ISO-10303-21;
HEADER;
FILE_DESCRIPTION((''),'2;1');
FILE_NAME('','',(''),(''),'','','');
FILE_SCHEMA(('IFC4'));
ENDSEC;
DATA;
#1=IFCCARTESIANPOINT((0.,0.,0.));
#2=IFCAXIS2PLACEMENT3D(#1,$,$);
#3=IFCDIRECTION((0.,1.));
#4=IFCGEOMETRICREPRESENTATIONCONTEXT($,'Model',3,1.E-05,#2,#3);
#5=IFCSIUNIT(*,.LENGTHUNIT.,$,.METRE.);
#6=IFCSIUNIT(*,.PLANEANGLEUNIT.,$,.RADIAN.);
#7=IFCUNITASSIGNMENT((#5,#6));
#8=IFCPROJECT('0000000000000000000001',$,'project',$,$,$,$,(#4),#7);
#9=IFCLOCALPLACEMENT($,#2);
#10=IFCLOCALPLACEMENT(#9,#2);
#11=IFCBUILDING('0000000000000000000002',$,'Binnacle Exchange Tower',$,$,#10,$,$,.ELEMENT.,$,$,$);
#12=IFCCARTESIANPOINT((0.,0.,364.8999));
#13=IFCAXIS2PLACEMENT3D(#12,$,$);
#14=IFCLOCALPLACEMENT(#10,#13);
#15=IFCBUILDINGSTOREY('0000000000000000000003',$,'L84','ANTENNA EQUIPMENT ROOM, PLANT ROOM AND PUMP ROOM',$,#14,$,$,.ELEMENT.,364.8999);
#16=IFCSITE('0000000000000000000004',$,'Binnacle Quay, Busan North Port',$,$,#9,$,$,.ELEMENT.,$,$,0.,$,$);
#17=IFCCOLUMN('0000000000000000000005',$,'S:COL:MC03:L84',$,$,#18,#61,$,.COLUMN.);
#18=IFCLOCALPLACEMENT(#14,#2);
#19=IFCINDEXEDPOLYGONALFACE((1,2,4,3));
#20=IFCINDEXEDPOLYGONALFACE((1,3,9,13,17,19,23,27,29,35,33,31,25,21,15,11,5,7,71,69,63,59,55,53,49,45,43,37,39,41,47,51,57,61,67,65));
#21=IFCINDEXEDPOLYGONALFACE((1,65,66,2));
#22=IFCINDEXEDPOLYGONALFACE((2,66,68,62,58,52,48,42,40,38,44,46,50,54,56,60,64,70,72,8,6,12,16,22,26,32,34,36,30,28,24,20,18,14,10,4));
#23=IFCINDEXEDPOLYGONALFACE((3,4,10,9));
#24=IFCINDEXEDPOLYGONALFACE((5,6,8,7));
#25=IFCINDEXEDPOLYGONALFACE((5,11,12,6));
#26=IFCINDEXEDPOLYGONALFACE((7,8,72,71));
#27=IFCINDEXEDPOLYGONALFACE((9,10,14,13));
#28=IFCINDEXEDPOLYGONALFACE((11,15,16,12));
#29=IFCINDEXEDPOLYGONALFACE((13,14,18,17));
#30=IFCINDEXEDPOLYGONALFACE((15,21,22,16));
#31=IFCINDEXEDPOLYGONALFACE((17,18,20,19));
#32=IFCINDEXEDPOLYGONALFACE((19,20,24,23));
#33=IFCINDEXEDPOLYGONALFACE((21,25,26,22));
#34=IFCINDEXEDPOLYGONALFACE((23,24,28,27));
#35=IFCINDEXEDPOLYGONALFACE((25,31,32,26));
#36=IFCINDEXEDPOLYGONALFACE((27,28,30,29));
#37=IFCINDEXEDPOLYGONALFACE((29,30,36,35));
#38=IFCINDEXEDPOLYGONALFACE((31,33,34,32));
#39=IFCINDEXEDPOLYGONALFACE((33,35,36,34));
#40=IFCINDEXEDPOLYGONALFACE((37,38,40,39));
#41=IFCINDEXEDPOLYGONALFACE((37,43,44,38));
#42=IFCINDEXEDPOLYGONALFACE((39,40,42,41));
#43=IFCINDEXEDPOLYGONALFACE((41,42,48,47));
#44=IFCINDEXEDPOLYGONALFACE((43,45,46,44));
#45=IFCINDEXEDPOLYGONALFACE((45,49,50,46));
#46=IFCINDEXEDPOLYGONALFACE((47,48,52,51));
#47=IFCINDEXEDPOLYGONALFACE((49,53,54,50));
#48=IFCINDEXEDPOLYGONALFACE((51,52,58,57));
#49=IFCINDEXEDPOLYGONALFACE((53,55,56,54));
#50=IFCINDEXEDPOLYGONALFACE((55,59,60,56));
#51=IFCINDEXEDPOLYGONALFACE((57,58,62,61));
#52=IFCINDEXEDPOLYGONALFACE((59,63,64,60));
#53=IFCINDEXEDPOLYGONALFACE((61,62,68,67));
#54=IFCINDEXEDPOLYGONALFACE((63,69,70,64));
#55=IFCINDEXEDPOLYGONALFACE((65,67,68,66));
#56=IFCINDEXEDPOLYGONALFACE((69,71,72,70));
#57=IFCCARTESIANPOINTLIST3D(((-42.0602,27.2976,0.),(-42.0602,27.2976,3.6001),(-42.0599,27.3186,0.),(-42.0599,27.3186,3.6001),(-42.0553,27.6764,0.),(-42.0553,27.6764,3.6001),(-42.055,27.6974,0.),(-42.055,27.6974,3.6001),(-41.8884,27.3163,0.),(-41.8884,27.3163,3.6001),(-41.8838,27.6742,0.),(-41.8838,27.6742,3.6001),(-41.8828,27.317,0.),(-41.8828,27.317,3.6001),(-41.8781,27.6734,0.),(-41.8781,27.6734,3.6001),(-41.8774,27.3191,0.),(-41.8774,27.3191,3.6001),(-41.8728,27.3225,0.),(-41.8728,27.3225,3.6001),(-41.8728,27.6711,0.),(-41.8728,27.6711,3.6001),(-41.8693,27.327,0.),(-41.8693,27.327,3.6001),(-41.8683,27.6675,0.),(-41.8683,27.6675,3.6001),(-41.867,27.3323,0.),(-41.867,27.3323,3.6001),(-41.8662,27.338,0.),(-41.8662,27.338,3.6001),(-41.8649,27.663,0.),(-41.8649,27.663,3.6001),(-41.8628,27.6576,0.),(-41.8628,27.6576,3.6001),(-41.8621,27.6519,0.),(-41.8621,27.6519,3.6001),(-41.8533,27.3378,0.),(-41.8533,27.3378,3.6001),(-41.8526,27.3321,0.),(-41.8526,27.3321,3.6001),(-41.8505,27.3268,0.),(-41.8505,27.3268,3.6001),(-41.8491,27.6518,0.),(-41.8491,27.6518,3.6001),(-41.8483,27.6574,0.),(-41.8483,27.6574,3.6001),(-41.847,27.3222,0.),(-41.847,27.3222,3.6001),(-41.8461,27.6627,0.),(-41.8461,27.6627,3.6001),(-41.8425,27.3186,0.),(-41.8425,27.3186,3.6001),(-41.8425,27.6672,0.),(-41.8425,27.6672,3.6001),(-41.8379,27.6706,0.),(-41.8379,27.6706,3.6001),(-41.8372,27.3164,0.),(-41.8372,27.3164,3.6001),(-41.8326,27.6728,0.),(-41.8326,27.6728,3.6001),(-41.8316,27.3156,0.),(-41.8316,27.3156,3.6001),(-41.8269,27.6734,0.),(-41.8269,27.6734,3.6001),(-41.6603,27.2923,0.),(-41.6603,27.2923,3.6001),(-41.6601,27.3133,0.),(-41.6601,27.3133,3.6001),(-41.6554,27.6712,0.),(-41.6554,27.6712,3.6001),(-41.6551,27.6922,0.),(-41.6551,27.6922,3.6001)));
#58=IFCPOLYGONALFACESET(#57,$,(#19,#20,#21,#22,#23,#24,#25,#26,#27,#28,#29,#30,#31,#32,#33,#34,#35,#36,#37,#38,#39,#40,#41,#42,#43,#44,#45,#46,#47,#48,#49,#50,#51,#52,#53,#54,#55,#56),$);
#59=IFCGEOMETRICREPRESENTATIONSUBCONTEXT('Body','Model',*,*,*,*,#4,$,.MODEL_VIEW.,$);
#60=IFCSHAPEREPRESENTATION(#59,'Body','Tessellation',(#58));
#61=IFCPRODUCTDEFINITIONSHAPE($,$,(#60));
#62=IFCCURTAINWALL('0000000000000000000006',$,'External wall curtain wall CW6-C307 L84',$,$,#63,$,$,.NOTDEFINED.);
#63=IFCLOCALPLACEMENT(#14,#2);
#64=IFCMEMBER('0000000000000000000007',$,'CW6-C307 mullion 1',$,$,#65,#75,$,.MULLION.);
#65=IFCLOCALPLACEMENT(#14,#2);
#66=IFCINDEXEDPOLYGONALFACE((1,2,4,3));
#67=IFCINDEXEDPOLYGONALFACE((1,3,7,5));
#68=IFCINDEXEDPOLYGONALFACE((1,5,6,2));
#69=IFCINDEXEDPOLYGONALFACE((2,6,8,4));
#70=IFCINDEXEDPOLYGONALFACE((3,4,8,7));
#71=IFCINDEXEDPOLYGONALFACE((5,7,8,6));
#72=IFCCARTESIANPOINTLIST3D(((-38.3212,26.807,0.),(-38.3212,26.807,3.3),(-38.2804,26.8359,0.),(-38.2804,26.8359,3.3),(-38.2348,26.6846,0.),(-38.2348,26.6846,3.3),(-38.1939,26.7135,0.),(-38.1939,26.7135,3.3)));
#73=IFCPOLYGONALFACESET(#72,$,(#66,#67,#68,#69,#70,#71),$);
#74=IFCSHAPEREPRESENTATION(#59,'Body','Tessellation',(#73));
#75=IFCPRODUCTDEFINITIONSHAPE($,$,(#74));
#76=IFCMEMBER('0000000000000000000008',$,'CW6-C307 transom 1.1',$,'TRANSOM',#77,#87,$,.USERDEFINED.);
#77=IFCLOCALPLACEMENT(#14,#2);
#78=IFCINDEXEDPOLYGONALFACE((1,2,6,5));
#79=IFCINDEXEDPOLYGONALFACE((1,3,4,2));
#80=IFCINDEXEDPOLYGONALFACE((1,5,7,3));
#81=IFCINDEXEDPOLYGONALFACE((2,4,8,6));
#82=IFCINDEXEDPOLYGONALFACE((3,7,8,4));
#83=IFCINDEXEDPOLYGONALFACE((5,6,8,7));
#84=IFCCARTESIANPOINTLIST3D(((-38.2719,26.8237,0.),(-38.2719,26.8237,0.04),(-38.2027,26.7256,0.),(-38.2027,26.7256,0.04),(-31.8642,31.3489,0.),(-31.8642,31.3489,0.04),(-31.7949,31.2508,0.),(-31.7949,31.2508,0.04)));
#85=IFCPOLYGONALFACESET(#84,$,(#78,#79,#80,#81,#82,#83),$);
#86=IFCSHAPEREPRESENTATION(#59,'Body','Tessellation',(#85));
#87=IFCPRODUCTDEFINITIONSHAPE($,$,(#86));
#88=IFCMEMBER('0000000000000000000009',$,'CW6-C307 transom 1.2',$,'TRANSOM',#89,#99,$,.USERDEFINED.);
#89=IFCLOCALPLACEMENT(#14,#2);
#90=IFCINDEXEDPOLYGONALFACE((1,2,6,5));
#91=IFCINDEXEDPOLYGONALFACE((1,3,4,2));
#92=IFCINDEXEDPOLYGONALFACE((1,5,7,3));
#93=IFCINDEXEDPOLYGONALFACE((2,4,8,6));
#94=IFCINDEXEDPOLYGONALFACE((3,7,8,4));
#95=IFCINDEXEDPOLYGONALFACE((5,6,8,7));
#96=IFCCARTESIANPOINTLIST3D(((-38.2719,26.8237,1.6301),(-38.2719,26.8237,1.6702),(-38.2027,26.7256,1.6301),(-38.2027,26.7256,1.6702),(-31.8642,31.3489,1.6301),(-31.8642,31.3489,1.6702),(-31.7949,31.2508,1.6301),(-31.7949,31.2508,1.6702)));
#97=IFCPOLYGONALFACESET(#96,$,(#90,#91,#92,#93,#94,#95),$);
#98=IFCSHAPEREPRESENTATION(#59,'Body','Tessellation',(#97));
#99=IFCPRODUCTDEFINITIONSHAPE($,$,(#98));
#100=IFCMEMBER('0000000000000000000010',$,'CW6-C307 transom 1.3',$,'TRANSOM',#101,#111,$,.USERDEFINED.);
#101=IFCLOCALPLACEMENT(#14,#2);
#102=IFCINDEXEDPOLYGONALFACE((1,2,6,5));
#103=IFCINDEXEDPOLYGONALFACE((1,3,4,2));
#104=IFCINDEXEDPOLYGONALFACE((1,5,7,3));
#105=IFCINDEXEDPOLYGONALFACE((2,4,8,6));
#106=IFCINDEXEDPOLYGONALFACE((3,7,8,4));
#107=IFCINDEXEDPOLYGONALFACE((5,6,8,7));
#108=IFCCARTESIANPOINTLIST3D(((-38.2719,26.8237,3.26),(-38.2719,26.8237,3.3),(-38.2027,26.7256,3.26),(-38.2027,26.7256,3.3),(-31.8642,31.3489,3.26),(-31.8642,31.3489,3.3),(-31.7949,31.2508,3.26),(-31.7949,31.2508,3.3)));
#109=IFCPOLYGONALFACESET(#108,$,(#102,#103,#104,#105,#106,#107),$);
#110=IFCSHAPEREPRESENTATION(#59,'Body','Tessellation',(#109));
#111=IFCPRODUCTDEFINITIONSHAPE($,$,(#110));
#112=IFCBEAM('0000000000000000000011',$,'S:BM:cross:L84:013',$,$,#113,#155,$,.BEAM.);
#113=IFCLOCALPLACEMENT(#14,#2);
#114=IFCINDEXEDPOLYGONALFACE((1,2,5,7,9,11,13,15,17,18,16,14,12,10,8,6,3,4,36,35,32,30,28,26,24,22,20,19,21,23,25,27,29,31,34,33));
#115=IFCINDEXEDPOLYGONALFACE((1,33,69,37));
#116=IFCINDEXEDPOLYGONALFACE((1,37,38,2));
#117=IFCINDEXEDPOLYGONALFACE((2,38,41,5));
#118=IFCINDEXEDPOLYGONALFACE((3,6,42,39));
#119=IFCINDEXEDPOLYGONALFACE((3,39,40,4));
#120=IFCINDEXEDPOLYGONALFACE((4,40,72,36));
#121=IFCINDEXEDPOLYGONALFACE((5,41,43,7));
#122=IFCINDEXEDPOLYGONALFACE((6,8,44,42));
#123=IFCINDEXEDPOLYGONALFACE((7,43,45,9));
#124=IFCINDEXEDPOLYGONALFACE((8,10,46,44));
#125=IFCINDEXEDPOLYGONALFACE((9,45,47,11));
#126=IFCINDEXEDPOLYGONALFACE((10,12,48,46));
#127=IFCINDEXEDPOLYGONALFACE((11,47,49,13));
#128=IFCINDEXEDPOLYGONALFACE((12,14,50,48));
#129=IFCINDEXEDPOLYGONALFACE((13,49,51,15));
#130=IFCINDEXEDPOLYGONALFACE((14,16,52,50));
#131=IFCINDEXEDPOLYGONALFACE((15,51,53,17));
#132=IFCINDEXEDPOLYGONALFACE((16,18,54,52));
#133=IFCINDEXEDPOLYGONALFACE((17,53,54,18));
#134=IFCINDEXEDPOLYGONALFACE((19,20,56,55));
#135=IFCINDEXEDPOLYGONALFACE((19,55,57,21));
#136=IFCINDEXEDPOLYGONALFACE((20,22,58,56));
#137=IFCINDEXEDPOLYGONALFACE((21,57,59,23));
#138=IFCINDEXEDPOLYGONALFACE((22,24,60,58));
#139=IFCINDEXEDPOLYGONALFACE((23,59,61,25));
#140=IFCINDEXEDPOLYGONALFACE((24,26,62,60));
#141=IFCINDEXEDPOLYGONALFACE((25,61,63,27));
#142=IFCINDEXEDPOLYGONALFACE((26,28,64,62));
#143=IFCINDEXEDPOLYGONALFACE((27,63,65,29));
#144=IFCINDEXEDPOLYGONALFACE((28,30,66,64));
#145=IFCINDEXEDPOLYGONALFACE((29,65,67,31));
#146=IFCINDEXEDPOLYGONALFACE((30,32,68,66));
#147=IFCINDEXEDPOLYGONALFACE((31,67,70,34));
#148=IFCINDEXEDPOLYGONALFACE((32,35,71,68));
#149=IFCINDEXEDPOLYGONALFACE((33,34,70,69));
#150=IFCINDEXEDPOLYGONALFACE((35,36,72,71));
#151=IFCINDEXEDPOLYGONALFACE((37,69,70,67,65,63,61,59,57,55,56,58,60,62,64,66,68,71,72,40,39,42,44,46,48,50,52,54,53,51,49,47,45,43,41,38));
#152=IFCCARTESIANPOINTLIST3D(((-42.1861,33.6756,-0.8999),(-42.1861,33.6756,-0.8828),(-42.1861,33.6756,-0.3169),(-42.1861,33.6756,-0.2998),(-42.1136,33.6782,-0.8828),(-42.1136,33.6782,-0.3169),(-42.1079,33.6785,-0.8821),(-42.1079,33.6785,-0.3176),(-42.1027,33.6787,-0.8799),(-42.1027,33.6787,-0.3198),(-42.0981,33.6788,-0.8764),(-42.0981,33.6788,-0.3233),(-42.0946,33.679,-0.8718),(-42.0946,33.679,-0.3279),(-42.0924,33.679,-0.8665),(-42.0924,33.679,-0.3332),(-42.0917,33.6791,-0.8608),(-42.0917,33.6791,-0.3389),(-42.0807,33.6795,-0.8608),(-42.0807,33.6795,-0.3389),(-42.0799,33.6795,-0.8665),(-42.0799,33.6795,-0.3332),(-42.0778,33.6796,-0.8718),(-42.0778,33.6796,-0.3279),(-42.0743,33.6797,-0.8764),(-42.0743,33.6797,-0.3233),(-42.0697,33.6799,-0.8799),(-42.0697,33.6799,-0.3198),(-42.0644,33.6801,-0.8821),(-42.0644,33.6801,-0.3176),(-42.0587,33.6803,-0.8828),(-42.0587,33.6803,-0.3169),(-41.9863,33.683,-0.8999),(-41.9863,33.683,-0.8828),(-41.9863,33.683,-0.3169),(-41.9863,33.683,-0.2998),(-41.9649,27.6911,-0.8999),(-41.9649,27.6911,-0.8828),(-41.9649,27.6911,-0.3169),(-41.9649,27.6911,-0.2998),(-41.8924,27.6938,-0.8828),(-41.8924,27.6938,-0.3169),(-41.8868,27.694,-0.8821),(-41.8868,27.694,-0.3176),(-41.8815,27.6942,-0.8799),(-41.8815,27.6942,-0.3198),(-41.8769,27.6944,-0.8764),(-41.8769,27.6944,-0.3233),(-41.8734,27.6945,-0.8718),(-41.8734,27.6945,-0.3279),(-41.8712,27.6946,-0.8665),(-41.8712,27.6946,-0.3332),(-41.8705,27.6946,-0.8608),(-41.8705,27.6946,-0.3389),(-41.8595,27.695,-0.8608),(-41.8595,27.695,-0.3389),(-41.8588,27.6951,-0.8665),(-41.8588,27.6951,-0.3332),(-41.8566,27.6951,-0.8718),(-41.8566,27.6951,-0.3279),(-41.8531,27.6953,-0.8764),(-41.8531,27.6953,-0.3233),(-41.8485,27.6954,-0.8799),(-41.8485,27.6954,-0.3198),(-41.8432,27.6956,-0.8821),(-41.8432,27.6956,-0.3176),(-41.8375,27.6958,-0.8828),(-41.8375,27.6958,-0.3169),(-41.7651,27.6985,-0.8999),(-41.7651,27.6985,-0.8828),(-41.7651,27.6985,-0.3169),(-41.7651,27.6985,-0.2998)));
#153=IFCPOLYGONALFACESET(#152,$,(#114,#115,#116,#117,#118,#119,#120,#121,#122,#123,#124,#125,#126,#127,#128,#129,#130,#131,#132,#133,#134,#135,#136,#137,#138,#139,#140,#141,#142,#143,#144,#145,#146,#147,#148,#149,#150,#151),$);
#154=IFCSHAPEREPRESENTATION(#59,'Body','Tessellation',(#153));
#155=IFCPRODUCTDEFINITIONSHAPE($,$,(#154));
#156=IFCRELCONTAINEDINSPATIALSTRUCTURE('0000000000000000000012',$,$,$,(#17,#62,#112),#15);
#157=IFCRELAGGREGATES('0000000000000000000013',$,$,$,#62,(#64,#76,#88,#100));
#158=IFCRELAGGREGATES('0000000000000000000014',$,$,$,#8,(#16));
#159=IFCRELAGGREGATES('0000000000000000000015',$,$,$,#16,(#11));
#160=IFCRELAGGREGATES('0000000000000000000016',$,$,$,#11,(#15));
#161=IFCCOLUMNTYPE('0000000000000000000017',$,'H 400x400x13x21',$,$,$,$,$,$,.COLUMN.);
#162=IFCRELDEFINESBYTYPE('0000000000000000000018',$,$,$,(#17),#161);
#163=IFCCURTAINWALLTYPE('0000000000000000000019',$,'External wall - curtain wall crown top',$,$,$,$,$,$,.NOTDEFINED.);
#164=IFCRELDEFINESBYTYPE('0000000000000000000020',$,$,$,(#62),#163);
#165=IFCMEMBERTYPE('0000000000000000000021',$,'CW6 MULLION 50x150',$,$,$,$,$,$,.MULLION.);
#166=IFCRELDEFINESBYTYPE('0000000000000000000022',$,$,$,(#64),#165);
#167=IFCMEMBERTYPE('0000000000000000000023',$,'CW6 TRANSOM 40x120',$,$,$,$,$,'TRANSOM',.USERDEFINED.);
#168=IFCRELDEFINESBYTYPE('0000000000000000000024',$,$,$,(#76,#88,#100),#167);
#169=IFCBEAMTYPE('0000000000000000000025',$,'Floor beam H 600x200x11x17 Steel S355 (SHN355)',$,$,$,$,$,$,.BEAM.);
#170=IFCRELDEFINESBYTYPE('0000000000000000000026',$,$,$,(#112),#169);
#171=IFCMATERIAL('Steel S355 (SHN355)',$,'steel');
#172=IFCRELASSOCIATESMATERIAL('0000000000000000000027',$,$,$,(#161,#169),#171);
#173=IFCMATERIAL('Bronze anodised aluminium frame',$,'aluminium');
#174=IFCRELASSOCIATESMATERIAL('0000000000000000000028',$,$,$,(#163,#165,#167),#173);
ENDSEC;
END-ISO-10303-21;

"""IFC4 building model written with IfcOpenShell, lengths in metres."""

from ifc_helpers import new_model, si_unit, direction, frame, origin, origin_2d, place, context, subcontext, project, spatial, rectangle, i_section, extrude, material, material_profile, profile_set, type_object, element, aggregate, save


model = new_model("IFC4")

# Units and contexts
model_context = context("Model", 3, precision=1e-05, world=origin(), true_north=direction((0.0, 1.0)))
body_context = subcontext(model_context, "Body", "Model", "MODEL_VIEW")
ifc_project = project(units=[si_unit("LENGTHUNIT", "METRE"), si_unit("PLANEANGLEUNIT", "RADIAN")], contexts=[model_context])

# Site, building, storey
site_placement = place(None, origin())
site = spatial("IfcSite", under=ifc_project, at=site_placement, Name="Binnacle Quay, Busan North Port", CompositionType="ELEMENT", RefElevation=0.0)
building_placement = place(site_placement, origin())
building = spatial("IfcBuilding", under=site, at=building_placement, Name="Binnacle Exchange Tower", CompositionType="ELEMENT")
storey_placement = place(building_placement, frame((0.0, 0.0, 364.8999)))
storey = spatial("IfcBuildingStorey", under=building, at=storey_placement, Name="L84", Description="ANTENNA EQUIPMENT ROOM, PLANT ROOM AND PUMP ROOM", CompositionType="ELEMENT", Elevation=364.8999)

# Column
ifc_material_1 = material(Name="Steel S355 (SHN355)", Category="steel")
ifc_material_profile_1 = material_profile(ifc_material_1, i_section(OverallWidth=0.3999, OverallDepth=0.3999, WebThickness=0.0129, FlangeThickness=0.021, FilletRadius=0.022, at=origin_2d()), Name="H 400x400x13x21")
ifc_profile_set_1 = profile_set([ifc_material_profile_1], Name="Steel S355 (SHN355)")
column_type = type_object("IfcColumnType", Name="H 400x400x13x21", PredefinedType="COLUMN", material=ifc_profile_set_1)
column_placement = place(storey_placement, frame((-41.8577, 27.4949, 0.0), z_axis=(0.0, 0.0, 1.0), x_axis=(0.999914, -0.01309, 0.0)))
element("IfcColumn", 1, at=column_placement, inside=storey, type_object=column_type, Name="S:COL:MC03:L84", PredefinedType="COLUMN", context=body_context, shape_type="SweptSolid", body=[
    extrude(i_section(OverallWidth=0.3999, OverallDepth=0.3999, WebThickness=0.0129, FlangeThickness=0.021, FilletRadius=0.022, at=origin_2d()), origin(), (0.0, 0.0, 1.0), 3.6001),
])

# Curtain wall, members
ifc_material_2 = material(Name="Bronze anodised aluminium frame", Category="aluminium")
curtain_wall_type = type_object("IfcCurtainWallType", Name="External wall - curtain wall crown top", PredefinedType="NOTDEFINED", material=ifc_material_2)
curtain_wall_placement = place(storey_placement, origin())
curtain_wall = element("IfcCurtainWall", 2, at=curtain_wall_placement, inside=storey, type_object=curtain_wall_type, Name="External wall curtain wall CW6-C307 L84", PredefinedType="NOTDEFINED")
ifc_material_profile_2 = material_profile(ifc_material_2, rectangle(XDim=0.1499, YDim=0.05, at=origin_2d()), Name="AL 50x150")
ifc_profile_set_2 = profile_set([ifc_material_profile_2], Name="Bronze anodised aluminium frame")
member_type_1 = type_object("IfcMemberType", Name="CW6 MULLION 50x150", PredefinedType="MULLION", material=ifc_profile_set_2)
member_1_placement = place(storey_placement, frame((-38.2576, 26.7603, 0.0), z_axis=(0.0, 0.0, 1.0), x_axis=(-0.576854, 0.816847, 0.0)))
member_1 = element("IfcMember", 3, at=member_1_placement, type_object=member_type_1, Name="CW6-C307 mullion 1", PredefinedType="MULLION", context=body_context, shape_type="SweptSolid", body=[
    extrude(rectangle(XDim=0.1499, YDim=0.05, at=origin_2d()), origin(), (0.0, 0.0, 1.0), 3.3),
])
ifc_material_profile_3 = material_profile(ifc_material_2, rectangle(XDim=0.1201, YDim=0.04, at=origin_2d()), Name="AL 120x40")
ifc_profile_set_3 = profile_set([ifc_material_profile_3], Name="Bronze anodised aluminium frame")
member_type_2 = type_object("IfcMemberType", Name="CW6 TRANSOM 40x120", ElementType="TRANSOM", PredefinedType="USERDEFINED", material=ifc_profile_set_3)
member_2_placement = place(storey_placement, frame((-38.2373, 26.7747, 0.02), z_axis=(0.816845, 0.576858, 0.0), x_axis=(-0.576858, 0.816845, 0.0)))
member_2 = element("IfcMember", 4, at=member_2_placement, type_object=member_type_2, Name="CW6-C307 transom 1.1", ObjectType="TRANSOM", PredefinedType="USERDEFINED", context=body_context, shape_type="SweptSolid", body=[
    extrude(rectangle(XDim=0.1201, YDim=0.04, at=origin_2d()), origin(), (0.0, 0.0, 1.0), 7.8445),
])
member_3_placement = place(storey_placement, frame((-38.2373, 26.7747, 1.6501), z_axis=(0.816845, 0.576858, 0.0), x_axis=(-0.576858, 0.816845, 0.0)))
member_3 = element("IfcMember", 5, at=member_3_placement, type_object=member_type_2, Name="CW6-C307 transom 1.2", ObjectType="TRANSOM", PredefinedType="USERDEFINED", context=body_context, shape_type="SweptSolid", body=[
    extrude(rectangle(XDim=0.1201, YDim=0.04, at=origin_2d()), origin(), (0.0, 0.0, 1.0), 7.8445),
])
member_4_placement = place(storey_placement, frame((-38.2373, 26.7747, 3.28), z_axis=(0.816845, 0.576858, 0.0), x_axis=(-0.576858, 0.816845, 0.0)))
member_4 = element("IfcMember", 6, at=member_4_placement, type_object=member_type_2, Name="CW6-C307 transom 1.3", ObjectType="TRANSOM", PredefinedType="USERDEFINED", context=body_context, shape_type="SweptSolid", body=[
    extrude(rectangle(XDim=0.1201, YDim=0.04, at=origin_2d()), origin(), (0.0, 0.0, 1.0), 7.8445),
])
aggregate(curtain_wall, [member_1, member_2, member_3, member_4])

# Beam
ifc_material_profile_4 = material_profile(ifc_material_1, i_section(OverallWidth=0.2, OverallDepth=0.6001, WebThickness=0.011, FlangeThickness=0.0171, FilletRadius=0.022, at=origin_2d()), Name="H 600x200x11x17")
ifc_profile_set_4 = profile_set([ifc_material_profile_4], Name="Steel S355 (SHN355)")
beam_type = type_object("IfcBeamType", Name="Floor beam H 600x200x11x17 Steel S355 (SHN355)", PredefinedType="BEAM", material=ifc_profile_set_4)
beam_placement = place(storey_placement, frame((-41.865, 27.6948, -0.5999), z_axis=(-0.036936, 0.999318, 0.0), x_axis=(-0.999318, -0.036936, 0.0)))
element("IfcBeam", 7, at=beam_placement, inside=storey, type_object=beam_type, Name="S:BM:cross:L84:013", PredefinedType="BEAM", context=body_context, shape_type="SweptSolid", body=[
    extrude(i_section(OverallWidth=0.2, OverallDepth=0.6001, WebThickness=0.011, FlangeThickness=0.0171, FilletRadius=0.022, at=origin_2d()), origin(), (0.0, 0.0, 1.0), 5.9885),
])

save(model, "model.ifc")
